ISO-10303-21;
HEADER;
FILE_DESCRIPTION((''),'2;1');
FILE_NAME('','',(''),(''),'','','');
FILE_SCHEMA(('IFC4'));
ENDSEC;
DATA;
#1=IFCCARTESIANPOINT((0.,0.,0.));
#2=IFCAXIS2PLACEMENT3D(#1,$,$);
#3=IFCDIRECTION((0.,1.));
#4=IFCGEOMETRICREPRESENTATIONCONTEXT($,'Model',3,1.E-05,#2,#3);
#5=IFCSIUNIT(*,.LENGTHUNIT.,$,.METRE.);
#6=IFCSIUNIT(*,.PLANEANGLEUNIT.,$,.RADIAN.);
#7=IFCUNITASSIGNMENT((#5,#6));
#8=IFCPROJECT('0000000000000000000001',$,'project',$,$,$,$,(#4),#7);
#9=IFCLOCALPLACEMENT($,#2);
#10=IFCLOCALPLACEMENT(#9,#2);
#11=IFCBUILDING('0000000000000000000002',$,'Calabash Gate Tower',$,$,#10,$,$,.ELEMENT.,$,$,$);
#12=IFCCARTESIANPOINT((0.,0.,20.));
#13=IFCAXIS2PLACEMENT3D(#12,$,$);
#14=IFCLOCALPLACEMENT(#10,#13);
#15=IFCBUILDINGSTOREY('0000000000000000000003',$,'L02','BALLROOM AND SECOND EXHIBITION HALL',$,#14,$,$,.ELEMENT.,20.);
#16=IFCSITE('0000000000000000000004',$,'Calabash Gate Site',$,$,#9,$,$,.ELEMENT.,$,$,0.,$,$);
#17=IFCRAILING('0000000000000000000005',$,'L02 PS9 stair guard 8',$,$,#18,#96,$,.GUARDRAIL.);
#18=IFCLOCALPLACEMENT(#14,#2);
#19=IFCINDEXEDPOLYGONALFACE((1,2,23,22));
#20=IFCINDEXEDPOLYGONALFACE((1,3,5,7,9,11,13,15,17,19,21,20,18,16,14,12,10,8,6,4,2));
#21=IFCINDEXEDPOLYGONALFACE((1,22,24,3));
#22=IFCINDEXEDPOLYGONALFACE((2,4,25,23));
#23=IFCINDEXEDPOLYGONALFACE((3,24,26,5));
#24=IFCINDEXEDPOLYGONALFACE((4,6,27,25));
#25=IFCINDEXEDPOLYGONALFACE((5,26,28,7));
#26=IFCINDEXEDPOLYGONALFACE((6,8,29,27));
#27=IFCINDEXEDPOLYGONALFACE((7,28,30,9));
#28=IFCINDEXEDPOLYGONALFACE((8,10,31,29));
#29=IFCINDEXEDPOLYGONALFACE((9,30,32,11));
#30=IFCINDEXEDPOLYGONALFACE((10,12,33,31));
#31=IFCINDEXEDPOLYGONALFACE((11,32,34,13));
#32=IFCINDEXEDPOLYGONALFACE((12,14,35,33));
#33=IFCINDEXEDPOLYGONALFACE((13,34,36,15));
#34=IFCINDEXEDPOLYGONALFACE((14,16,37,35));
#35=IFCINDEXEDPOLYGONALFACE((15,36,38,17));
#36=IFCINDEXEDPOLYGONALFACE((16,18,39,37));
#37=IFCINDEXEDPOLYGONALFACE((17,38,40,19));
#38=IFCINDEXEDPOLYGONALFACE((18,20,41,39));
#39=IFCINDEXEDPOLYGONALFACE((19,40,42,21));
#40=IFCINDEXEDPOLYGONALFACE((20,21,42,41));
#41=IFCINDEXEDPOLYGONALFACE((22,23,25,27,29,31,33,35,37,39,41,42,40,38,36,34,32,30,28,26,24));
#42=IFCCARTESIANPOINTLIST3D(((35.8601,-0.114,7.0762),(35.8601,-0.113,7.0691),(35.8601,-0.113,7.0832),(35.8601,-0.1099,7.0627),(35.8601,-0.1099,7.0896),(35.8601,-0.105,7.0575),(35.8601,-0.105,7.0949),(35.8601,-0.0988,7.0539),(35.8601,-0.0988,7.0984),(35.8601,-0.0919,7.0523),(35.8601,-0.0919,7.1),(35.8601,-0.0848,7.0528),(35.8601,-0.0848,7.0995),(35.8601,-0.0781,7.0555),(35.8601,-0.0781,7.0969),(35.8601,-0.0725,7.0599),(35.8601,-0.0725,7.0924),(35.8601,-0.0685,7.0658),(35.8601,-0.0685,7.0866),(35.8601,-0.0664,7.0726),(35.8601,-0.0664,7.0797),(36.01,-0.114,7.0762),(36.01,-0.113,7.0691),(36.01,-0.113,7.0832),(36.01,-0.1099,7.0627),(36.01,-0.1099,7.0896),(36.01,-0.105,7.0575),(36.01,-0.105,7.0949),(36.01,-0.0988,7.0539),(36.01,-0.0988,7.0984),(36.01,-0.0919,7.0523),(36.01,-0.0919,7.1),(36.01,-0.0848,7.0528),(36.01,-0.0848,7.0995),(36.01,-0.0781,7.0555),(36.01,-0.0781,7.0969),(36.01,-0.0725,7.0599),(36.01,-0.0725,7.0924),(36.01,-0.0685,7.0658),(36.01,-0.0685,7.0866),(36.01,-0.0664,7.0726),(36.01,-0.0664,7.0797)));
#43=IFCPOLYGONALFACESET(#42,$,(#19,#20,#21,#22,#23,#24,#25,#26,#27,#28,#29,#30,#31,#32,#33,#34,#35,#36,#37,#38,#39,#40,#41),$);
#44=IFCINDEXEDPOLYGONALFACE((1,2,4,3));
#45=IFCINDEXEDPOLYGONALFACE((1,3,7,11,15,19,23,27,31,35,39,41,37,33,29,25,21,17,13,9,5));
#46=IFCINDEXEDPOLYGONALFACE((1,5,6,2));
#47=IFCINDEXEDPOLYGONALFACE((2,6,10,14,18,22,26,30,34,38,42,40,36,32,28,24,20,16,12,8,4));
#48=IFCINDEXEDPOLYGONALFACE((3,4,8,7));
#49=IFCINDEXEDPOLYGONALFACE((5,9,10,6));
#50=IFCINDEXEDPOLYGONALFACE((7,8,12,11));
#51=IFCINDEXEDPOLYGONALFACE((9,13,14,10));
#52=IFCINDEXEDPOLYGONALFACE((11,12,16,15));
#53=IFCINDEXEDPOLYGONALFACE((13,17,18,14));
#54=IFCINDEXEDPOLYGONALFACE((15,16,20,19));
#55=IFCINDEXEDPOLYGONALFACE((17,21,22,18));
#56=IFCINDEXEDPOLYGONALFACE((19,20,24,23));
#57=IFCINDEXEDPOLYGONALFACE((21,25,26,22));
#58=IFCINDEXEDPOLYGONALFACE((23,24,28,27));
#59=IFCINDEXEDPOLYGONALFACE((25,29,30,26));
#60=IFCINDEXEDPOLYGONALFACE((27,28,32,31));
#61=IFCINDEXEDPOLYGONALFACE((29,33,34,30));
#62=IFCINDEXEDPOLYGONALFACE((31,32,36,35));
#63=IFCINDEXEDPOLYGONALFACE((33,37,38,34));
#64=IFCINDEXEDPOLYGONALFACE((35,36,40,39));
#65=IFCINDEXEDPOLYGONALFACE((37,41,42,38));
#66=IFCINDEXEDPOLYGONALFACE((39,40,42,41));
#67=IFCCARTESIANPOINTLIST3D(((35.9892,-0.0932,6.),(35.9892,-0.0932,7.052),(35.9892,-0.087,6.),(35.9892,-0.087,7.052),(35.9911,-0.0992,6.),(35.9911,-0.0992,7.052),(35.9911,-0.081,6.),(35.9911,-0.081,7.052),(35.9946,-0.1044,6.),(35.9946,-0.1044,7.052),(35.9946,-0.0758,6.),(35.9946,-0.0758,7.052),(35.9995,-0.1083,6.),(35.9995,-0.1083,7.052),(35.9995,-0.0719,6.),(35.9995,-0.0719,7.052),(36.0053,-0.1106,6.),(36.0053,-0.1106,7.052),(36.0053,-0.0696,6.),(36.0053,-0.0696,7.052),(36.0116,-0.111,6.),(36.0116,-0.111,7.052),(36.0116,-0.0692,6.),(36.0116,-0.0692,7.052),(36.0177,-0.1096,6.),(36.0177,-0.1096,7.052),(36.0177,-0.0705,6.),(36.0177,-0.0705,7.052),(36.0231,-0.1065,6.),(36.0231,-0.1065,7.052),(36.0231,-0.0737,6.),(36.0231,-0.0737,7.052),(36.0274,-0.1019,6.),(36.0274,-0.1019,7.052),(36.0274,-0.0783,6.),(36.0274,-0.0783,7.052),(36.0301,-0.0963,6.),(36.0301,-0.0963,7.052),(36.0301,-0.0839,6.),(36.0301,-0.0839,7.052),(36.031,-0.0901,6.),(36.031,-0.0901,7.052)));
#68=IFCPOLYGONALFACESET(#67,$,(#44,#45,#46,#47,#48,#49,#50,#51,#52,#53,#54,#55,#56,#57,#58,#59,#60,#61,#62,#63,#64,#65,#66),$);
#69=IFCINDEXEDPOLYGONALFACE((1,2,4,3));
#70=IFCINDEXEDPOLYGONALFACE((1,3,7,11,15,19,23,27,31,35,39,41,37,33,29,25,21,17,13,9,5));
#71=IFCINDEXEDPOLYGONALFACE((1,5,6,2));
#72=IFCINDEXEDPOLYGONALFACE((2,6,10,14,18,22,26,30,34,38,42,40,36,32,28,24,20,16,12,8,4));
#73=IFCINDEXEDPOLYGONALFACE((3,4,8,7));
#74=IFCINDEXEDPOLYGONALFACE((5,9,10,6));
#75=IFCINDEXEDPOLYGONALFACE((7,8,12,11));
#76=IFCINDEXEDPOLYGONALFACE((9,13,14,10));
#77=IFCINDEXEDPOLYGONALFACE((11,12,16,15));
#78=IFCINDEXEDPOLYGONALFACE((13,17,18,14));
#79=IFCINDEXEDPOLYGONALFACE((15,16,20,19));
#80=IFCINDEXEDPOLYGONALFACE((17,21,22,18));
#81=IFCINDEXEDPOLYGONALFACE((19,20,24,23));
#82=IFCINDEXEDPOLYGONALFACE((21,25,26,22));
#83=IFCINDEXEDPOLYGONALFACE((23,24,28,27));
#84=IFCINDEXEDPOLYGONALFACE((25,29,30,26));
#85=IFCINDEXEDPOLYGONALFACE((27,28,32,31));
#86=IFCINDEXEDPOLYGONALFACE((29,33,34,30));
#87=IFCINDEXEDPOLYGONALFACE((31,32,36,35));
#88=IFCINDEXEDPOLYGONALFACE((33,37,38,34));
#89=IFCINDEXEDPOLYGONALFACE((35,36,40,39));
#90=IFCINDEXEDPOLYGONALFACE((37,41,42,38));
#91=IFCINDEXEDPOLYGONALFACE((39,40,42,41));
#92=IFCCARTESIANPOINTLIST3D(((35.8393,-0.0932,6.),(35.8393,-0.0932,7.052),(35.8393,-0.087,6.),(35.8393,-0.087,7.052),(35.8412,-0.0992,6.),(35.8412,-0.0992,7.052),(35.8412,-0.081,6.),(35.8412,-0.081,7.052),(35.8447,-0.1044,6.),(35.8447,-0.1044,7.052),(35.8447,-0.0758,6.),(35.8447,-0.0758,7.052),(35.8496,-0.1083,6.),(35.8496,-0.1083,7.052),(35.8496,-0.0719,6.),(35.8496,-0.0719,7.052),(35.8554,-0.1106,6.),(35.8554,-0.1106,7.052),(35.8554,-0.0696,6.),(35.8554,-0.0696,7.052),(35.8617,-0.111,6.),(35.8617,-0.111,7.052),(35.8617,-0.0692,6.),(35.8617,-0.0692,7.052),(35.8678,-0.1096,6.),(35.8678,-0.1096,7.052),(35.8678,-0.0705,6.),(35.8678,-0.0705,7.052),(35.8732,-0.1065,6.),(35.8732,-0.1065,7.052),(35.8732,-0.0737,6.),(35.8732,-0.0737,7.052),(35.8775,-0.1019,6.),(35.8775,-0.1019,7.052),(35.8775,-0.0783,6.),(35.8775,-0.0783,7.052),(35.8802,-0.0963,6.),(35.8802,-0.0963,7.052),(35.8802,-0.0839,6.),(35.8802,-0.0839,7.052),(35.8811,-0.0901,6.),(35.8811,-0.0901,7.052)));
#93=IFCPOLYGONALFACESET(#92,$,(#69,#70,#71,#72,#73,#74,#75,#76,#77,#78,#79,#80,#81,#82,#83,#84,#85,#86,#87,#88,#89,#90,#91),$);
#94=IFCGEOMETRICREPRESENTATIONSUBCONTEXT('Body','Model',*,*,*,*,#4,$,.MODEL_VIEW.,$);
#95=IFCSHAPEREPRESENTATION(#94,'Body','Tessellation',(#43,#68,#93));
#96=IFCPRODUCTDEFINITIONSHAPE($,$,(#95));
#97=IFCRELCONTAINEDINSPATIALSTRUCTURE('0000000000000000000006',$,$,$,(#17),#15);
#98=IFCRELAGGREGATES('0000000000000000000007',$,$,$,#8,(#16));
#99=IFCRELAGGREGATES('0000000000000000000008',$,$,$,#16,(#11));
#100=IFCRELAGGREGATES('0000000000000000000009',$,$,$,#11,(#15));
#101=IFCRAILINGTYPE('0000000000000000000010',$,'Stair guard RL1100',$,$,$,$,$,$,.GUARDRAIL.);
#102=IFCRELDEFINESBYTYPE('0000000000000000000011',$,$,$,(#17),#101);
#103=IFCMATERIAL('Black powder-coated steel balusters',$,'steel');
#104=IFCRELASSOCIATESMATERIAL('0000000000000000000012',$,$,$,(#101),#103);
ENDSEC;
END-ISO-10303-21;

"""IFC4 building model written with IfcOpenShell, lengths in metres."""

from ifc_helpers import new_model, si_unit, direction, frame, origin, origin_2d, place, context, subcontext, project, spatial, circle, extrude, material, type_object, element, save


model = new_model("IFC4")

# Units and contexts
model_context = context("Model", 3, precision=1e-05, world=origin(), true_north=direction((0.0, 1.0)))
body_context = subcontext(model_context, "Body", "Model", "MODEL_VIEW")
ifc_project = project(units=[si_unit("LENGTHUNIT", "METRE"), si_unit("PLANEANGLEUNIT", "RADIAN")], contexts=[model_context])

# Site, building, storey
site_placement = place(None, origin())
site = spatial("IfcSite", under=ifc_project, at=site_placement, Name="Calabash Gate Site", CompositionType="ELEMENT", RefElevation=0.0)
building_placement = place(site_placement, origin())
building = spatial("IfcBuilding", under=site, at=building_placement, Name="Calabash Gate Tower", CompositionType="ELEMENT")
storey_placement = place(building_placement, frame((0.0, 0.0, 20.0)))
storey = spatial("IfcBuildingStorey", under=building, at=storey_placement, Name="L02", Description="BALLROOM AND SECOND EXHIBITION HALL", CompositionType="ELEMENT", Elevation=20.0)

# Railing
ifc_material_1 = material(Name="Black powder-coated steel balusters", Category="steel")
railing_type_1 = type_object("IfcRailingType", Name="Stair guard RL1100", PredefinedType="GUARDRAIL", material=ifc_material_1)
railing_1_placement = place(storey_placement, frame((36.01, -0.0901, 6.0)))
element("IfcRailing", 1, at=railing_1_placement, inside=storey, type_object=railing_type_1, Name="L02 PS9 stair guard 8", PredefinedType="GUARDRAIL", context=body_context, shape_type="SweptSolid", body=[
    extrude(circle(Radius=0.0239, at=origin_2d()), frame((0.0, 0.0, 1.0762), z_axis=(-1.0, 0.0, 0.0), x_axis=(0.0, -1.0, 0.0)), (0.0, 0.0, 1.0), 0.1499),
    extrude(circle(Radius=0.021, at=origin_2d()), origin(), (0.0, 0.0, 1.0), 1.052),
    extrude(circle(Radius=0.021, at=origin_2d()), frame((-0.1499, 0.0, 0.0)), (0.0, 0.0, 1.0), 1.052),
])

save(model, "model.ifc")
